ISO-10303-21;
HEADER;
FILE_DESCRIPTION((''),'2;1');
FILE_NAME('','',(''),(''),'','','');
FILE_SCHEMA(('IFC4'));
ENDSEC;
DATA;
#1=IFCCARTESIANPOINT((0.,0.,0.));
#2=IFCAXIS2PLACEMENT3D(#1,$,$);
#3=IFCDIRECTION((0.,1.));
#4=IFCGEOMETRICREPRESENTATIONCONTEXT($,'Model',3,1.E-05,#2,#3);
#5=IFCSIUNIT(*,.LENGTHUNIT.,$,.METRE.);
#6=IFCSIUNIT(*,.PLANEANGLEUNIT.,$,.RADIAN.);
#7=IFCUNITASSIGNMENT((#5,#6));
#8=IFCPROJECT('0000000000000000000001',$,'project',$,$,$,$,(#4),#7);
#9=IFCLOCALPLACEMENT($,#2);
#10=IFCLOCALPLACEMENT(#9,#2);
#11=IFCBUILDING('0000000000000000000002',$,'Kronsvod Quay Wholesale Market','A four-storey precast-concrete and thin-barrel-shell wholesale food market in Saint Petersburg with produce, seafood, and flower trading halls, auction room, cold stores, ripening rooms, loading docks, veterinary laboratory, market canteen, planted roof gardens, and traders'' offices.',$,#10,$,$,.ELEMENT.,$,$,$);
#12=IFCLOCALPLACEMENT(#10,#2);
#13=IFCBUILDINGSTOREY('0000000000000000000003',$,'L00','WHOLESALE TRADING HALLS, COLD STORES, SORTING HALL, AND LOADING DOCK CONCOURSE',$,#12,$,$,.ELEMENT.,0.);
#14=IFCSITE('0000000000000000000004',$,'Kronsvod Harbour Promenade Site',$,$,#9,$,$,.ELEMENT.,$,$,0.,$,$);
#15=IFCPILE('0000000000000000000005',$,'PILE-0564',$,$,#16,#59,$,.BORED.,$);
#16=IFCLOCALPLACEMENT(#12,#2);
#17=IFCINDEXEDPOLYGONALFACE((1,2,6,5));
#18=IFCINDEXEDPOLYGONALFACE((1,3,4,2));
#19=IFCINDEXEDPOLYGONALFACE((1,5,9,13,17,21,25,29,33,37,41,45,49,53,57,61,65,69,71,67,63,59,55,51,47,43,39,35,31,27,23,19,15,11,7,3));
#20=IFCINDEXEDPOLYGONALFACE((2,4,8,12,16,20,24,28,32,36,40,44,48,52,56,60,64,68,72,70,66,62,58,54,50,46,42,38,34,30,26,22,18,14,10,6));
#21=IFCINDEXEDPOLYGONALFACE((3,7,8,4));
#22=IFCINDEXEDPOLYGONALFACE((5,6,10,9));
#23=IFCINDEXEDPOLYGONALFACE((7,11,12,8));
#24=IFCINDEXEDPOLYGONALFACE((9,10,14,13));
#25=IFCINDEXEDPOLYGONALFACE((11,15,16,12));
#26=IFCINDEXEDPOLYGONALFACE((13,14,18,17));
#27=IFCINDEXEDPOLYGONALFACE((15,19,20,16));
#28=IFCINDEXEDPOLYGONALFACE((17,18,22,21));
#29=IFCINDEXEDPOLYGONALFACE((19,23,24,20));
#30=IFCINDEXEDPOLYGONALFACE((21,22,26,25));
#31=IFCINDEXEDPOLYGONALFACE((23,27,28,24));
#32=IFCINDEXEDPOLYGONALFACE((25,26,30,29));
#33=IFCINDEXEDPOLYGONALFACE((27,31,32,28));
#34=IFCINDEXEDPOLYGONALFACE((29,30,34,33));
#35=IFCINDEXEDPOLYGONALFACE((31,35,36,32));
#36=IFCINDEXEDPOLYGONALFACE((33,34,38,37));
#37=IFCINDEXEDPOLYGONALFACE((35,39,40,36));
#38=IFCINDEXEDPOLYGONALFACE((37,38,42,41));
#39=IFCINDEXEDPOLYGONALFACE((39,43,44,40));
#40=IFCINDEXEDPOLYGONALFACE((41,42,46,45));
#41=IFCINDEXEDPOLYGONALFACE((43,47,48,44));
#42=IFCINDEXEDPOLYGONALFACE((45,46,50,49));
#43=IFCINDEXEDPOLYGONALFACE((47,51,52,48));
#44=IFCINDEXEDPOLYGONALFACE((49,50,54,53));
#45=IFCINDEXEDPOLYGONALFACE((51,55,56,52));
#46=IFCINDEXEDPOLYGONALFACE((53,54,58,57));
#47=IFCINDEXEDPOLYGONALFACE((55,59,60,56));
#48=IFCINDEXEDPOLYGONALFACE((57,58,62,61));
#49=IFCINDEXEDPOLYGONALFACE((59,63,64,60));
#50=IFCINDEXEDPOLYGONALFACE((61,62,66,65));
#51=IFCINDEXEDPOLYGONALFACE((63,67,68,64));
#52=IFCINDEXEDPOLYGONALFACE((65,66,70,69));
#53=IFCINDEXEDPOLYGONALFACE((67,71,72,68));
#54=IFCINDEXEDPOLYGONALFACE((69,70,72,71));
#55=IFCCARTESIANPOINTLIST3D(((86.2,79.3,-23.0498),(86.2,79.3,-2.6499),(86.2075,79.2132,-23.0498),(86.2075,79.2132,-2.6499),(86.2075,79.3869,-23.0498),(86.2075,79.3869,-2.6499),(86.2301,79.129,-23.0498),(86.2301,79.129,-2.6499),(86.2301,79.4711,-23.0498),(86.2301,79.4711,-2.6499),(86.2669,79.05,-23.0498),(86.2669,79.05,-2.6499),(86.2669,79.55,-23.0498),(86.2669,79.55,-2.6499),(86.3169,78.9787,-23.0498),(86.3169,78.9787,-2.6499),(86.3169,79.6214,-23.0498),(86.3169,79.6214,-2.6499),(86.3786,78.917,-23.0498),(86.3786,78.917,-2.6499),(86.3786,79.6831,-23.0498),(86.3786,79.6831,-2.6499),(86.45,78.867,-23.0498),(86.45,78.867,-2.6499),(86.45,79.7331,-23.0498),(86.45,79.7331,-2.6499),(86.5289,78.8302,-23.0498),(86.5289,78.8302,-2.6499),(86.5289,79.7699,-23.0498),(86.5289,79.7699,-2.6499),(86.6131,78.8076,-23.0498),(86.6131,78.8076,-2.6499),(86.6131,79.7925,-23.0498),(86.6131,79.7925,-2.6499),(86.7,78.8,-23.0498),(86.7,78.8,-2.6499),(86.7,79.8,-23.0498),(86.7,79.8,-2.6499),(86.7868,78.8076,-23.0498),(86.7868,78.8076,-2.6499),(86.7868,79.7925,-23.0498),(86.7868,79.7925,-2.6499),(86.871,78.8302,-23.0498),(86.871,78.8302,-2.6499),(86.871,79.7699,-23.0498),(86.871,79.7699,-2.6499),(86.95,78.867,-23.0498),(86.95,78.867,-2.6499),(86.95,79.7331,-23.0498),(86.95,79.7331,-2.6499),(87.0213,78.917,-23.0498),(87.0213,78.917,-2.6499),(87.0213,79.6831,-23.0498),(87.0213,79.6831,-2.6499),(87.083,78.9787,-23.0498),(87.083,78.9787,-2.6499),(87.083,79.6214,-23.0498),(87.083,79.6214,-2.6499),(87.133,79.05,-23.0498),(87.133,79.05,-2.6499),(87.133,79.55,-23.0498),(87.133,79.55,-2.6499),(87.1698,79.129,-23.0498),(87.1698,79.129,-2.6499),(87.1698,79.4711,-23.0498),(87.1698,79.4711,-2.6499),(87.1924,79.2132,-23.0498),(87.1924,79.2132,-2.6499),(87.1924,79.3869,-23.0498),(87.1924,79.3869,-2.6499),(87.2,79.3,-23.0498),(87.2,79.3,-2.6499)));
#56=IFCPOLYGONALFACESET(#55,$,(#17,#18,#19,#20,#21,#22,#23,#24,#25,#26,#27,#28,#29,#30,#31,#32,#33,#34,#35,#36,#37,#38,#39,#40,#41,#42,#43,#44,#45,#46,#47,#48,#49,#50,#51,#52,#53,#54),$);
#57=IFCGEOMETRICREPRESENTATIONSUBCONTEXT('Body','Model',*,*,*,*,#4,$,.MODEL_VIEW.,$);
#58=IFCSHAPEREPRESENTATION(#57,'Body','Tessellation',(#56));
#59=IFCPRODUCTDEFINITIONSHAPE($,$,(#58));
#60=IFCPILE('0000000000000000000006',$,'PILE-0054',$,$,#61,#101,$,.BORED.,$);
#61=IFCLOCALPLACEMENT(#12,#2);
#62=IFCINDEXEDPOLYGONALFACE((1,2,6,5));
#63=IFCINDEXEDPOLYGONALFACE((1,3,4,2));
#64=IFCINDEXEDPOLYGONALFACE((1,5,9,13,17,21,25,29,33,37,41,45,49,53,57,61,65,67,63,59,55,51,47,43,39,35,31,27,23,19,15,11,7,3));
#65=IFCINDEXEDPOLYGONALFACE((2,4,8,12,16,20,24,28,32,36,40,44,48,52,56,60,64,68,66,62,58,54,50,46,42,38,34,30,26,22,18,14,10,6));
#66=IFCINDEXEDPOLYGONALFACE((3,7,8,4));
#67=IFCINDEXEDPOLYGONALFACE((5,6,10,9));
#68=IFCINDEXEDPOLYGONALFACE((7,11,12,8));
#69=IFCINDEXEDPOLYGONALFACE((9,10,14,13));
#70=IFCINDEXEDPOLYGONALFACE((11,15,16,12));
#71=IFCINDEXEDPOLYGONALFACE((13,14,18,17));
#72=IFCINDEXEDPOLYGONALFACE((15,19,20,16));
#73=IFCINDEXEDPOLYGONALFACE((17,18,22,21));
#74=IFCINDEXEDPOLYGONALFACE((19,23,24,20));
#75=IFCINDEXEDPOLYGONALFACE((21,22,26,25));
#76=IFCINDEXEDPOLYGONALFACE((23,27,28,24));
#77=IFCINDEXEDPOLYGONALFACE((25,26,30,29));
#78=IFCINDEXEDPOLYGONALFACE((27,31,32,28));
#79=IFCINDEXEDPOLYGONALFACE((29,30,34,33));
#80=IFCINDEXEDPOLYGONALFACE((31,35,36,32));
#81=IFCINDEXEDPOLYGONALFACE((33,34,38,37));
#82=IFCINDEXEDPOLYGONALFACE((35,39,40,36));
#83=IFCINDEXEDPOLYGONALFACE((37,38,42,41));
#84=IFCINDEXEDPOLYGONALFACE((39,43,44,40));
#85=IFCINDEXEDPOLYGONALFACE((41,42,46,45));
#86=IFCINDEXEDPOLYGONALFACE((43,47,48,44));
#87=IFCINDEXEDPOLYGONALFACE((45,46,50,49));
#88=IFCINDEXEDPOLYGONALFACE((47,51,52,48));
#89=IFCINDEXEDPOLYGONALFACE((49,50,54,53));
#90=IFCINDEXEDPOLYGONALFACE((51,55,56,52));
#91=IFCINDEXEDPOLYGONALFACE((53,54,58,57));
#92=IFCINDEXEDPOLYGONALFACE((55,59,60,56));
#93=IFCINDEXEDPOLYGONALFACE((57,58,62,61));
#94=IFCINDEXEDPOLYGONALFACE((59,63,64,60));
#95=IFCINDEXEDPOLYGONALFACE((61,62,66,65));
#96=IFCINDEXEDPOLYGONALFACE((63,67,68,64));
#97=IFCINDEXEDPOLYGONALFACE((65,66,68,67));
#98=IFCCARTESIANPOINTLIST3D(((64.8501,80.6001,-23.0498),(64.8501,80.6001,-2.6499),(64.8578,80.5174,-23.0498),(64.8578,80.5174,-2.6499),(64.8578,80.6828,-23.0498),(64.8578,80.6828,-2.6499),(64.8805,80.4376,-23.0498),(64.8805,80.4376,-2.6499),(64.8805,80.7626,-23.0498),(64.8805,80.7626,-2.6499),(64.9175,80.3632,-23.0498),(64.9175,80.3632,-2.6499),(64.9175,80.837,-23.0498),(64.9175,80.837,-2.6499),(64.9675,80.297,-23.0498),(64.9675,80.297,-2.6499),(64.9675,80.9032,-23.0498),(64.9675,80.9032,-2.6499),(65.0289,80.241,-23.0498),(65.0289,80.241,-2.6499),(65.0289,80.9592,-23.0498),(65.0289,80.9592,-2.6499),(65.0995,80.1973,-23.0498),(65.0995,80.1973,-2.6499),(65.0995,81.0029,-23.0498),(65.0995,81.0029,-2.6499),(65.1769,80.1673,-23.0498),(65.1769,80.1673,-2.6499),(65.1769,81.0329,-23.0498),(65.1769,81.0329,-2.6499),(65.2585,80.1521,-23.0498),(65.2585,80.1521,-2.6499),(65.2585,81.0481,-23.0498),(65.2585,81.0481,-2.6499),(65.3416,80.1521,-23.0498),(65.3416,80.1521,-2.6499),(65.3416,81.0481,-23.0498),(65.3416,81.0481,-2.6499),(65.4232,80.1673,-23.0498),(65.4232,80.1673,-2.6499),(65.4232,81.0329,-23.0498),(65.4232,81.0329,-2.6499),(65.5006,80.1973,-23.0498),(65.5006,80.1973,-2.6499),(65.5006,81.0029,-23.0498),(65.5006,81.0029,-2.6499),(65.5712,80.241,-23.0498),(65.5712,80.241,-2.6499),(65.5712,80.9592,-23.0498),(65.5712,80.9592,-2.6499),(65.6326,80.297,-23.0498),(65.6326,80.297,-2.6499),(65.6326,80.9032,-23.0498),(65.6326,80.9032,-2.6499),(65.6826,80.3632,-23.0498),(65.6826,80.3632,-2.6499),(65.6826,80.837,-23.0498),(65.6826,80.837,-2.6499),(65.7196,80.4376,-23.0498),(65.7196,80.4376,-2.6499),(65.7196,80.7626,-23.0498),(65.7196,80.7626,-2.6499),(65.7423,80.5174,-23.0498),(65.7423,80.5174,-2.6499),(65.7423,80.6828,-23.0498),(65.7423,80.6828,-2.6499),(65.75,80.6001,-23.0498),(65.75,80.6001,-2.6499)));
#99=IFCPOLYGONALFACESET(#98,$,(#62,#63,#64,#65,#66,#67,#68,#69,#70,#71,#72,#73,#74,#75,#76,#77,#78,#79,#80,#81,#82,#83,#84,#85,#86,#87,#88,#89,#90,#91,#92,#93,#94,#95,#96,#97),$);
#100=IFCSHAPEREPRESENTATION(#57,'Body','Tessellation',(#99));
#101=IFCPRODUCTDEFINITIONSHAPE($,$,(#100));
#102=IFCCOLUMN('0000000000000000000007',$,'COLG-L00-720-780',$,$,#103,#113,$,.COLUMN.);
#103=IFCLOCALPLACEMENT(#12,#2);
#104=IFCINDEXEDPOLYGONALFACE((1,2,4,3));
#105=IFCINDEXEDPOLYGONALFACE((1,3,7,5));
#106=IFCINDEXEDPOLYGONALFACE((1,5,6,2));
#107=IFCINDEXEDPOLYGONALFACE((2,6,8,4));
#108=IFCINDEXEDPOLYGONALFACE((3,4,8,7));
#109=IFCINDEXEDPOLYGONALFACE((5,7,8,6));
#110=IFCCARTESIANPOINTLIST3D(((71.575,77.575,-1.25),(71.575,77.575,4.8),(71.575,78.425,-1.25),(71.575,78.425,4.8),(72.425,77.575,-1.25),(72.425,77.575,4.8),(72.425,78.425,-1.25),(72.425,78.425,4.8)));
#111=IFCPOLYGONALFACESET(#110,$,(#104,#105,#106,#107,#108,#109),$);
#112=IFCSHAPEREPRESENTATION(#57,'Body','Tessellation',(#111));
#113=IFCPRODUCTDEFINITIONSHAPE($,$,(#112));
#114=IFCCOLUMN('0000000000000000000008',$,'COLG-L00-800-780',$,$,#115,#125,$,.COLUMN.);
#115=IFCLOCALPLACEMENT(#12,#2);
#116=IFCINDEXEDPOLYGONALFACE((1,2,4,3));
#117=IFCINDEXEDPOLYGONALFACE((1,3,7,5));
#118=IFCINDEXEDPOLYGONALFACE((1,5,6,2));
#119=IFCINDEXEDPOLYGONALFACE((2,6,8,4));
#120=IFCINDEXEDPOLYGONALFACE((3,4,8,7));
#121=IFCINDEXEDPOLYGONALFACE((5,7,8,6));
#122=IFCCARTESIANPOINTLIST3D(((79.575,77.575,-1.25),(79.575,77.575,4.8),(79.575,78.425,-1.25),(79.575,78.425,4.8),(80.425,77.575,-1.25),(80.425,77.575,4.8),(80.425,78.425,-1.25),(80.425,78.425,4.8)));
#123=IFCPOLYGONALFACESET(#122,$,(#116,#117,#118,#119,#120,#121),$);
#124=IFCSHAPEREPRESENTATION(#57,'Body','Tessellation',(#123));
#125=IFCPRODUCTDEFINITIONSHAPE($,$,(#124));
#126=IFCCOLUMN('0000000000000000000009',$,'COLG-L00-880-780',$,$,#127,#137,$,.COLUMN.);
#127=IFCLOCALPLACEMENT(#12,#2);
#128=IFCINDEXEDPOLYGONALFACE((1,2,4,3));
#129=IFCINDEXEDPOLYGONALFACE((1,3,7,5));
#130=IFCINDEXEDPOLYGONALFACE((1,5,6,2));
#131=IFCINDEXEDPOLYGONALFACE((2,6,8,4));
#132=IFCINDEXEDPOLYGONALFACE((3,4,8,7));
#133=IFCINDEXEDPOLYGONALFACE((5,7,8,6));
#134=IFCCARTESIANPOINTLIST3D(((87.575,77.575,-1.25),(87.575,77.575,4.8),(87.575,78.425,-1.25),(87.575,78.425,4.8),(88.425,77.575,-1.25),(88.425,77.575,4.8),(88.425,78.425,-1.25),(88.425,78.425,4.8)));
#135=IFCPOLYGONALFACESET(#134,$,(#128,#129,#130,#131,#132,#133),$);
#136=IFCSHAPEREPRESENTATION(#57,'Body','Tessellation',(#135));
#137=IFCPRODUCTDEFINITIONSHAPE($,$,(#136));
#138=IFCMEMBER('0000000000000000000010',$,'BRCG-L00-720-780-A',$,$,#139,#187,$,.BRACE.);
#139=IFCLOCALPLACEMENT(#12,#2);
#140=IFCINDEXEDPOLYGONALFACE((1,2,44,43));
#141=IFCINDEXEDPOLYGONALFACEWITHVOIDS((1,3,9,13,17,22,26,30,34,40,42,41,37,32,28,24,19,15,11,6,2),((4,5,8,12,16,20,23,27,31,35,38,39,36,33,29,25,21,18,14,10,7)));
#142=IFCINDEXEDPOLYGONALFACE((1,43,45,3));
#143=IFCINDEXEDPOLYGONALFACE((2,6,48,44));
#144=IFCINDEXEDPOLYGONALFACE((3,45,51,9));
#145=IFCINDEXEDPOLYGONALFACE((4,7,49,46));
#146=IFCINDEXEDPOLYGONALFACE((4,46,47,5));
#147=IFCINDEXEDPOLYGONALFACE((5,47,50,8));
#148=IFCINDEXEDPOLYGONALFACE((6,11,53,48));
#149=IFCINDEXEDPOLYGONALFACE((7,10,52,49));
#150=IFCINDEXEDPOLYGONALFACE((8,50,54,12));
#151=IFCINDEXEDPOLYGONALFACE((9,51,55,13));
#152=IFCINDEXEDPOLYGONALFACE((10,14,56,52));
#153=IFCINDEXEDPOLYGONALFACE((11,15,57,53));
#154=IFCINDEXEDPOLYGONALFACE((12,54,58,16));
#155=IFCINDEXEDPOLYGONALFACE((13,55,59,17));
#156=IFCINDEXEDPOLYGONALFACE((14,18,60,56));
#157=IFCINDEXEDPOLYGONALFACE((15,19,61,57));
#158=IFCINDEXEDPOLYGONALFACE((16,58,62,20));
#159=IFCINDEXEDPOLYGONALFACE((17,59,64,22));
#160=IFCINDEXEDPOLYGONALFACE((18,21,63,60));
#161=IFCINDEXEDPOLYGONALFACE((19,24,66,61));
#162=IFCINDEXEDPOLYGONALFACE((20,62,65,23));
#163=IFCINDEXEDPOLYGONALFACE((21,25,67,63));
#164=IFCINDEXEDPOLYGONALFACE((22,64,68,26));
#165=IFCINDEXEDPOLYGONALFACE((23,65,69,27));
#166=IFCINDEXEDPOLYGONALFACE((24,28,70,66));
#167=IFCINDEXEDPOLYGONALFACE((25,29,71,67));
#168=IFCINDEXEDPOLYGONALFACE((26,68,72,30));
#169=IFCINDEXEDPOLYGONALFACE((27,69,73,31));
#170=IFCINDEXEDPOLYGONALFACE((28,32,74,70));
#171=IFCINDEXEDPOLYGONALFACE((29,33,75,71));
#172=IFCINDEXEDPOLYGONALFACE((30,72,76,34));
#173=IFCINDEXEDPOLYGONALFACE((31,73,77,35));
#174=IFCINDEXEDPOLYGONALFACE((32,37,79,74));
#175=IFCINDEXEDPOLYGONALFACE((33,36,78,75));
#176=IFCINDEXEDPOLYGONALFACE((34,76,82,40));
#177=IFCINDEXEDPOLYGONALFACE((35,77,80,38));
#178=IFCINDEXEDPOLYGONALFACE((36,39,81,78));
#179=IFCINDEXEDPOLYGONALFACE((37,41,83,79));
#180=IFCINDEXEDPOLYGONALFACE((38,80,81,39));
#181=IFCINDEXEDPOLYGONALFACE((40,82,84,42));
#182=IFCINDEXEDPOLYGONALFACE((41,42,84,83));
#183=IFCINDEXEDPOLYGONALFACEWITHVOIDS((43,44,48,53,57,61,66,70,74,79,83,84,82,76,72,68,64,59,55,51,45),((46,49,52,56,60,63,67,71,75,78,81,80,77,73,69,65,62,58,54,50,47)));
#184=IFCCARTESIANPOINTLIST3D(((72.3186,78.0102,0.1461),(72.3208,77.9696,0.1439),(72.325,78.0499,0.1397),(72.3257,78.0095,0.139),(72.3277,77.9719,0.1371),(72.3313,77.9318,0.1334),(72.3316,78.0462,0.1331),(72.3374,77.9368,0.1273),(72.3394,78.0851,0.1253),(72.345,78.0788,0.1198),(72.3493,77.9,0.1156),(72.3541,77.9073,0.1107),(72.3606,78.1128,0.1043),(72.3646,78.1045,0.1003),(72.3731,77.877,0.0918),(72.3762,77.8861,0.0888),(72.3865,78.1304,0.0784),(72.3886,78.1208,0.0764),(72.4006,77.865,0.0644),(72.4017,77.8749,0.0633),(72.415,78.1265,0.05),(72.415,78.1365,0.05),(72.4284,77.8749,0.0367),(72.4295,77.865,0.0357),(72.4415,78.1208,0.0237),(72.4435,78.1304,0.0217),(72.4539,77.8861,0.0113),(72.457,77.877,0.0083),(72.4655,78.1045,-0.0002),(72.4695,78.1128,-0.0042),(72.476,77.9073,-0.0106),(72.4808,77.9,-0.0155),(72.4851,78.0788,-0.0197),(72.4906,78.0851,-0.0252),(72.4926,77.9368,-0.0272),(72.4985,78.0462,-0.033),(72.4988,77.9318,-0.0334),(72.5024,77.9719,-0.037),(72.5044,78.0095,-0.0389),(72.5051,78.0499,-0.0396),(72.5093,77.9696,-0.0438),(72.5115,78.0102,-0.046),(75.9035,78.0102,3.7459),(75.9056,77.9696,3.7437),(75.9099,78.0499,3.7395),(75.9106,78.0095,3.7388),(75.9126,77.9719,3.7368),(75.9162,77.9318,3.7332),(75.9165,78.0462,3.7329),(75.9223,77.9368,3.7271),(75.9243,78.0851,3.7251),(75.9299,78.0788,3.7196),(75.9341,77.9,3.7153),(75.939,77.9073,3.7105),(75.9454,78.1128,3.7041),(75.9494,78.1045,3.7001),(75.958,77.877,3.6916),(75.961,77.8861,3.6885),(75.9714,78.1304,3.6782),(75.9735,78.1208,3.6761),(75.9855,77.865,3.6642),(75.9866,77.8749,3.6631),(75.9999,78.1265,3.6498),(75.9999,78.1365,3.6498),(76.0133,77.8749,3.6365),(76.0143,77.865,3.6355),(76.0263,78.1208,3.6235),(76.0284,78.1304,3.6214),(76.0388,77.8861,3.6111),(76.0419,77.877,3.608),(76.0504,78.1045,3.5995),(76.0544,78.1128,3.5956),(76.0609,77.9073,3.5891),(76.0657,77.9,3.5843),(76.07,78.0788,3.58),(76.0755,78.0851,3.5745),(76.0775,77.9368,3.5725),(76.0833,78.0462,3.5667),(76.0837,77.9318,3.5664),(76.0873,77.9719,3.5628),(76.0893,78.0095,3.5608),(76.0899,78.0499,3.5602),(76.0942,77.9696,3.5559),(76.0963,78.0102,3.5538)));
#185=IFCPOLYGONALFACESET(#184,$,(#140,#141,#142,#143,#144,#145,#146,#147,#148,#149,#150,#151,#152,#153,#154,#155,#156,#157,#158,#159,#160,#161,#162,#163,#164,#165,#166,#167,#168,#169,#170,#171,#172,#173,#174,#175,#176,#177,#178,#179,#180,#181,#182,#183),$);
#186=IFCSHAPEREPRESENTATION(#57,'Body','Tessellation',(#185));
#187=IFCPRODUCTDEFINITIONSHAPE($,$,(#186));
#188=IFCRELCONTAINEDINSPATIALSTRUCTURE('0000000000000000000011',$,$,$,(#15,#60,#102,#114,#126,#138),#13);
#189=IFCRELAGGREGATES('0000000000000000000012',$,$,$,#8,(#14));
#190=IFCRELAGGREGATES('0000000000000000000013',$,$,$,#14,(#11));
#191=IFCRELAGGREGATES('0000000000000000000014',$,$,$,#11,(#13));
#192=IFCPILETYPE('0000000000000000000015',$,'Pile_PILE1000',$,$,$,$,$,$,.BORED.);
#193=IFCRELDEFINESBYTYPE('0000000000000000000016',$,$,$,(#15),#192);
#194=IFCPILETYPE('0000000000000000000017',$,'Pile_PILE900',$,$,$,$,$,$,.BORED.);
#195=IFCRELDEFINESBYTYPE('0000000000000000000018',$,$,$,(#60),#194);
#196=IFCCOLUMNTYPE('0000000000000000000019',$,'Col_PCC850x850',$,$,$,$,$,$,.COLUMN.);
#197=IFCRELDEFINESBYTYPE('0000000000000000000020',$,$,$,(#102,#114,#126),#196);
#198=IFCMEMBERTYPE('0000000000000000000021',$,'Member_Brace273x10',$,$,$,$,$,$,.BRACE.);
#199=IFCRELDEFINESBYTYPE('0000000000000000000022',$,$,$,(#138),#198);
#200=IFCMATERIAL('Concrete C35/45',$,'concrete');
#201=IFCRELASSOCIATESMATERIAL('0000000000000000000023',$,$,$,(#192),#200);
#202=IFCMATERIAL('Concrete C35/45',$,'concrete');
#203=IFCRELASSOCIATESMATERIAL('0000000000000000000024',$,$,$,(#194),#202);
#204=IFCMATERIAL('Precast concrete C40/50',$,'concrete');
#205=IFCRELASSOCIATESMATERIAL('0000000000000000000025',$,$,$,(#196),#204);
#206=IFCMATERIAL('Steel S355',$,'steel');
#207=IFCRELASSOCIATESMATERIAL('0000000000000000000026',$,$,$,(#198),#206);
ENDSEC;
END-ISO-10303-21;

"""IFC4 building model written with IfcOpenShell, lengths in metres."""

from ifc_helpers import new_model, si_unit, direction, frame, origin, origin_2d, place, context, subcontext, project, spatial, rectangle, circle, hollow_circle, extrude, material, material_profile, profile_set, type_object, element, save


model = new_model("IFC4")

# Units and contexts
model_context = context("Model", 3, precision=1e-05, world=origin(), true_north=direction((0.0, 1.0)))
body_context = subcontext(model_context, "Body", "Model", "MODEL_VIEW")
ifc_project = project(units=[si_unit("LENGTHUNIT", "METRE"), si_unit("PLANEANGLEUNIT", "RADIAN")], contexts=[model_context])

# Site, building, storey
site_placement = place(None, origin())
site = spatial("IfcSite", under=ifc_project, at=site_placement, Name="Kronsvod Harbour Promenade Site", CompositionType="ELEMENT", RefElevation=0.0)
building_placement = place(site_placement, origin())
building = spatial("IfcBuilding", under=site, at=building_placement, Name="Kronsvod Quay Wholesale Market", Description="A four-storey precast-concrete and thin-barrel-shell wholesale food market in Saint Petersburg with produce, seafood, and flower trading halls, auction room, cold stores, ripening rooms, loading docks, veterinary laboratory, market canteen, planted roof gardens, and traders' offices.", CompositionType="ELEMENT")
storey_placement = place(building_placement, origin())
storey = spatial("IfcBuildingStorey", under=building, at=storey_placement, Name="L00", Description="WHOLESALE TRADING HALLS, COLD STORES, SORTING HALL, AND LOADING DOCK CONCOURSE", CompositionType="ELEMENT", Elevation=0.0)

# Piles
ifc_material_1 = material(Name="Concrete C35/45", Category="concrete")
ifc_material_profile_1 = material_profile(ifc_material_1, circle(Radius=0.5, at=origin_2d()), Name="PILE1000")
ifc_profile_set_1 = profile_set([ifc_material_profile_1], Name="Concrete C35/45")
pile_type_1 = type_object("IfcPileType", Name="Pile_PILE1000", PredefinedType="BORED", material=ifc_profile_set_1)
for number, where, z_axis, x_axis, name in (
    (1, (86.7, 79.3, -2.6499), (0.0, 0.0, -1.0), (1.0, 0.0, 0.0), "PILE-0564"),
):
    element("IfcPile", number, at=place(storey_placement, frame(where, z_axis=z_axis, x_axis=x_axis)), inside=storey, type_object=pile_type_1, Name=name, PredefinedType="BORED", context=body_context, shape_type="SweptSolid", body=[
        extrude(circle(Radius=0.5, at=origin_2d()), origin(), (0.0, 0.0, 1.0), 20.3999),
    ])
ifc_material_2 = material(Name="Concrete C35/45", Category="concrete")
ifc_material_profile_2 = material_profile(ifc_material_2, circle(Radius=0.45, at=origin_2d()), Name="PILE900")
ifc_profile_set_2 = profile_set([ifc_material_profile_2], Name="Concrete C35/45")
pile_type_2 = type_object("IfcPileType", Name="Pile_PILE900", PredefinedType="BORED", material=ifc_profile_set_2)
pile_placement = place(storey_placement, frame((65.3, 80.6001, -2.6499), z_axis=(0.0, 0.0, -1.0), x_axis=(1.0, 0.0, 0.0)))
element("IfcPile", 2, at=pile_placement, inside=storey, type_object=pile_type_2, Name="PILE-0054", PredefinedType="BORED", context=body_context, shape_type="SweptSolid", body=[
    extrude(circle(Radius=0.45, at=origin_2d()), origin(), (0.0, 0.0, 1.0), 20.3999),
])

# Columns
ifc_material_3 = material(Name="Precast concrete C40/50", Category="concrete")
ifc_material_profile_3 = material_profile(ifc_material_3, rectangle(XDim=0.8501, YDim=0.8501, at=origin_2d()), Name="COL-06")
ifc_profile_set_3 = profile_set([ifc_material_profile_3], Name="Precast concrete C40/50")
column_type = type_object("IfcColumnType", Name="Col_PCC850x850", PredefinedType="COLUMN", material=ifc_profile_set_3)
for number, where, z_axis, x_axis, name in (
    (3, (72.0, 78.0, -1.25), (0.0, 0.0, 1.0), (1.0, 0.0, 0.0), "COLG-L00-720-780"),
    (4, (80.0, 78.0, -1.25), (0.0, 0.0, 1.0), (1.0, 0.0, 0.0), "COLG-L00-800-780"),
    (5, (88.0, 78.0, -1.25), (0.0, 0.0, 1.0), (1.0, 0.0, 0.0), "COLG-L00-880-780"),
):
    element("IfcColumn", number, at=place(storey_placement, frame(where, z_axis=z_axis, x_axis=x_axis)), inside=storey, type_object=column_type, Name=name, PredefinedType="COLUMN", context=body_context, shape_type="SweptSolid", body=[
        extrude(rectangle(XDim=0.8501, YDim=0.8501, at=origin_2d()), origin(), (0.0, 0.0, 1.0), 6.05),
    ])

# Member
ifc_material_4 = material(Name="Steel S355", Category="steel")
ifc_material_profile_4 = material_profile(ifc_material_4, hollow_circle(Radius=0.1365, WallThickness=0.01, at=origin_2d()), Name="CHS273x10")
ifc_profile_set_4 = profile_set([ifc_material_profile_4], Name="Steel S355")
member_type = type_object("IfcMemberType", Name="Member_Brace273x10", PredefinedType="BRACE", material=ifc_profile_set_4)
for number, where, z_axis, x_axis, name in (
    (6, (72.415, 78.0, 0.05), (0.70564, 0.0, 0.708571), (0.0, 1.0, 0.0), "BRCG-L00-720-780-A"),
):
    element("IfcMember", number, at=place(storey_placement, frame(where, z_axis=z_axis, x_axis=x_axis)), inside=storey, type_object=member_type, Name=name, PredefinedType="BRACE", context=body_context, shape_type="SweptSolid", body=[
        extrude(hollow_circle(Radius=0.1365, WallThickness=0.01, at=origin_2d()), origin(), (0.0, 0.0, 1.0), 5.0803),
    ])

save(model, "model.ifc")
